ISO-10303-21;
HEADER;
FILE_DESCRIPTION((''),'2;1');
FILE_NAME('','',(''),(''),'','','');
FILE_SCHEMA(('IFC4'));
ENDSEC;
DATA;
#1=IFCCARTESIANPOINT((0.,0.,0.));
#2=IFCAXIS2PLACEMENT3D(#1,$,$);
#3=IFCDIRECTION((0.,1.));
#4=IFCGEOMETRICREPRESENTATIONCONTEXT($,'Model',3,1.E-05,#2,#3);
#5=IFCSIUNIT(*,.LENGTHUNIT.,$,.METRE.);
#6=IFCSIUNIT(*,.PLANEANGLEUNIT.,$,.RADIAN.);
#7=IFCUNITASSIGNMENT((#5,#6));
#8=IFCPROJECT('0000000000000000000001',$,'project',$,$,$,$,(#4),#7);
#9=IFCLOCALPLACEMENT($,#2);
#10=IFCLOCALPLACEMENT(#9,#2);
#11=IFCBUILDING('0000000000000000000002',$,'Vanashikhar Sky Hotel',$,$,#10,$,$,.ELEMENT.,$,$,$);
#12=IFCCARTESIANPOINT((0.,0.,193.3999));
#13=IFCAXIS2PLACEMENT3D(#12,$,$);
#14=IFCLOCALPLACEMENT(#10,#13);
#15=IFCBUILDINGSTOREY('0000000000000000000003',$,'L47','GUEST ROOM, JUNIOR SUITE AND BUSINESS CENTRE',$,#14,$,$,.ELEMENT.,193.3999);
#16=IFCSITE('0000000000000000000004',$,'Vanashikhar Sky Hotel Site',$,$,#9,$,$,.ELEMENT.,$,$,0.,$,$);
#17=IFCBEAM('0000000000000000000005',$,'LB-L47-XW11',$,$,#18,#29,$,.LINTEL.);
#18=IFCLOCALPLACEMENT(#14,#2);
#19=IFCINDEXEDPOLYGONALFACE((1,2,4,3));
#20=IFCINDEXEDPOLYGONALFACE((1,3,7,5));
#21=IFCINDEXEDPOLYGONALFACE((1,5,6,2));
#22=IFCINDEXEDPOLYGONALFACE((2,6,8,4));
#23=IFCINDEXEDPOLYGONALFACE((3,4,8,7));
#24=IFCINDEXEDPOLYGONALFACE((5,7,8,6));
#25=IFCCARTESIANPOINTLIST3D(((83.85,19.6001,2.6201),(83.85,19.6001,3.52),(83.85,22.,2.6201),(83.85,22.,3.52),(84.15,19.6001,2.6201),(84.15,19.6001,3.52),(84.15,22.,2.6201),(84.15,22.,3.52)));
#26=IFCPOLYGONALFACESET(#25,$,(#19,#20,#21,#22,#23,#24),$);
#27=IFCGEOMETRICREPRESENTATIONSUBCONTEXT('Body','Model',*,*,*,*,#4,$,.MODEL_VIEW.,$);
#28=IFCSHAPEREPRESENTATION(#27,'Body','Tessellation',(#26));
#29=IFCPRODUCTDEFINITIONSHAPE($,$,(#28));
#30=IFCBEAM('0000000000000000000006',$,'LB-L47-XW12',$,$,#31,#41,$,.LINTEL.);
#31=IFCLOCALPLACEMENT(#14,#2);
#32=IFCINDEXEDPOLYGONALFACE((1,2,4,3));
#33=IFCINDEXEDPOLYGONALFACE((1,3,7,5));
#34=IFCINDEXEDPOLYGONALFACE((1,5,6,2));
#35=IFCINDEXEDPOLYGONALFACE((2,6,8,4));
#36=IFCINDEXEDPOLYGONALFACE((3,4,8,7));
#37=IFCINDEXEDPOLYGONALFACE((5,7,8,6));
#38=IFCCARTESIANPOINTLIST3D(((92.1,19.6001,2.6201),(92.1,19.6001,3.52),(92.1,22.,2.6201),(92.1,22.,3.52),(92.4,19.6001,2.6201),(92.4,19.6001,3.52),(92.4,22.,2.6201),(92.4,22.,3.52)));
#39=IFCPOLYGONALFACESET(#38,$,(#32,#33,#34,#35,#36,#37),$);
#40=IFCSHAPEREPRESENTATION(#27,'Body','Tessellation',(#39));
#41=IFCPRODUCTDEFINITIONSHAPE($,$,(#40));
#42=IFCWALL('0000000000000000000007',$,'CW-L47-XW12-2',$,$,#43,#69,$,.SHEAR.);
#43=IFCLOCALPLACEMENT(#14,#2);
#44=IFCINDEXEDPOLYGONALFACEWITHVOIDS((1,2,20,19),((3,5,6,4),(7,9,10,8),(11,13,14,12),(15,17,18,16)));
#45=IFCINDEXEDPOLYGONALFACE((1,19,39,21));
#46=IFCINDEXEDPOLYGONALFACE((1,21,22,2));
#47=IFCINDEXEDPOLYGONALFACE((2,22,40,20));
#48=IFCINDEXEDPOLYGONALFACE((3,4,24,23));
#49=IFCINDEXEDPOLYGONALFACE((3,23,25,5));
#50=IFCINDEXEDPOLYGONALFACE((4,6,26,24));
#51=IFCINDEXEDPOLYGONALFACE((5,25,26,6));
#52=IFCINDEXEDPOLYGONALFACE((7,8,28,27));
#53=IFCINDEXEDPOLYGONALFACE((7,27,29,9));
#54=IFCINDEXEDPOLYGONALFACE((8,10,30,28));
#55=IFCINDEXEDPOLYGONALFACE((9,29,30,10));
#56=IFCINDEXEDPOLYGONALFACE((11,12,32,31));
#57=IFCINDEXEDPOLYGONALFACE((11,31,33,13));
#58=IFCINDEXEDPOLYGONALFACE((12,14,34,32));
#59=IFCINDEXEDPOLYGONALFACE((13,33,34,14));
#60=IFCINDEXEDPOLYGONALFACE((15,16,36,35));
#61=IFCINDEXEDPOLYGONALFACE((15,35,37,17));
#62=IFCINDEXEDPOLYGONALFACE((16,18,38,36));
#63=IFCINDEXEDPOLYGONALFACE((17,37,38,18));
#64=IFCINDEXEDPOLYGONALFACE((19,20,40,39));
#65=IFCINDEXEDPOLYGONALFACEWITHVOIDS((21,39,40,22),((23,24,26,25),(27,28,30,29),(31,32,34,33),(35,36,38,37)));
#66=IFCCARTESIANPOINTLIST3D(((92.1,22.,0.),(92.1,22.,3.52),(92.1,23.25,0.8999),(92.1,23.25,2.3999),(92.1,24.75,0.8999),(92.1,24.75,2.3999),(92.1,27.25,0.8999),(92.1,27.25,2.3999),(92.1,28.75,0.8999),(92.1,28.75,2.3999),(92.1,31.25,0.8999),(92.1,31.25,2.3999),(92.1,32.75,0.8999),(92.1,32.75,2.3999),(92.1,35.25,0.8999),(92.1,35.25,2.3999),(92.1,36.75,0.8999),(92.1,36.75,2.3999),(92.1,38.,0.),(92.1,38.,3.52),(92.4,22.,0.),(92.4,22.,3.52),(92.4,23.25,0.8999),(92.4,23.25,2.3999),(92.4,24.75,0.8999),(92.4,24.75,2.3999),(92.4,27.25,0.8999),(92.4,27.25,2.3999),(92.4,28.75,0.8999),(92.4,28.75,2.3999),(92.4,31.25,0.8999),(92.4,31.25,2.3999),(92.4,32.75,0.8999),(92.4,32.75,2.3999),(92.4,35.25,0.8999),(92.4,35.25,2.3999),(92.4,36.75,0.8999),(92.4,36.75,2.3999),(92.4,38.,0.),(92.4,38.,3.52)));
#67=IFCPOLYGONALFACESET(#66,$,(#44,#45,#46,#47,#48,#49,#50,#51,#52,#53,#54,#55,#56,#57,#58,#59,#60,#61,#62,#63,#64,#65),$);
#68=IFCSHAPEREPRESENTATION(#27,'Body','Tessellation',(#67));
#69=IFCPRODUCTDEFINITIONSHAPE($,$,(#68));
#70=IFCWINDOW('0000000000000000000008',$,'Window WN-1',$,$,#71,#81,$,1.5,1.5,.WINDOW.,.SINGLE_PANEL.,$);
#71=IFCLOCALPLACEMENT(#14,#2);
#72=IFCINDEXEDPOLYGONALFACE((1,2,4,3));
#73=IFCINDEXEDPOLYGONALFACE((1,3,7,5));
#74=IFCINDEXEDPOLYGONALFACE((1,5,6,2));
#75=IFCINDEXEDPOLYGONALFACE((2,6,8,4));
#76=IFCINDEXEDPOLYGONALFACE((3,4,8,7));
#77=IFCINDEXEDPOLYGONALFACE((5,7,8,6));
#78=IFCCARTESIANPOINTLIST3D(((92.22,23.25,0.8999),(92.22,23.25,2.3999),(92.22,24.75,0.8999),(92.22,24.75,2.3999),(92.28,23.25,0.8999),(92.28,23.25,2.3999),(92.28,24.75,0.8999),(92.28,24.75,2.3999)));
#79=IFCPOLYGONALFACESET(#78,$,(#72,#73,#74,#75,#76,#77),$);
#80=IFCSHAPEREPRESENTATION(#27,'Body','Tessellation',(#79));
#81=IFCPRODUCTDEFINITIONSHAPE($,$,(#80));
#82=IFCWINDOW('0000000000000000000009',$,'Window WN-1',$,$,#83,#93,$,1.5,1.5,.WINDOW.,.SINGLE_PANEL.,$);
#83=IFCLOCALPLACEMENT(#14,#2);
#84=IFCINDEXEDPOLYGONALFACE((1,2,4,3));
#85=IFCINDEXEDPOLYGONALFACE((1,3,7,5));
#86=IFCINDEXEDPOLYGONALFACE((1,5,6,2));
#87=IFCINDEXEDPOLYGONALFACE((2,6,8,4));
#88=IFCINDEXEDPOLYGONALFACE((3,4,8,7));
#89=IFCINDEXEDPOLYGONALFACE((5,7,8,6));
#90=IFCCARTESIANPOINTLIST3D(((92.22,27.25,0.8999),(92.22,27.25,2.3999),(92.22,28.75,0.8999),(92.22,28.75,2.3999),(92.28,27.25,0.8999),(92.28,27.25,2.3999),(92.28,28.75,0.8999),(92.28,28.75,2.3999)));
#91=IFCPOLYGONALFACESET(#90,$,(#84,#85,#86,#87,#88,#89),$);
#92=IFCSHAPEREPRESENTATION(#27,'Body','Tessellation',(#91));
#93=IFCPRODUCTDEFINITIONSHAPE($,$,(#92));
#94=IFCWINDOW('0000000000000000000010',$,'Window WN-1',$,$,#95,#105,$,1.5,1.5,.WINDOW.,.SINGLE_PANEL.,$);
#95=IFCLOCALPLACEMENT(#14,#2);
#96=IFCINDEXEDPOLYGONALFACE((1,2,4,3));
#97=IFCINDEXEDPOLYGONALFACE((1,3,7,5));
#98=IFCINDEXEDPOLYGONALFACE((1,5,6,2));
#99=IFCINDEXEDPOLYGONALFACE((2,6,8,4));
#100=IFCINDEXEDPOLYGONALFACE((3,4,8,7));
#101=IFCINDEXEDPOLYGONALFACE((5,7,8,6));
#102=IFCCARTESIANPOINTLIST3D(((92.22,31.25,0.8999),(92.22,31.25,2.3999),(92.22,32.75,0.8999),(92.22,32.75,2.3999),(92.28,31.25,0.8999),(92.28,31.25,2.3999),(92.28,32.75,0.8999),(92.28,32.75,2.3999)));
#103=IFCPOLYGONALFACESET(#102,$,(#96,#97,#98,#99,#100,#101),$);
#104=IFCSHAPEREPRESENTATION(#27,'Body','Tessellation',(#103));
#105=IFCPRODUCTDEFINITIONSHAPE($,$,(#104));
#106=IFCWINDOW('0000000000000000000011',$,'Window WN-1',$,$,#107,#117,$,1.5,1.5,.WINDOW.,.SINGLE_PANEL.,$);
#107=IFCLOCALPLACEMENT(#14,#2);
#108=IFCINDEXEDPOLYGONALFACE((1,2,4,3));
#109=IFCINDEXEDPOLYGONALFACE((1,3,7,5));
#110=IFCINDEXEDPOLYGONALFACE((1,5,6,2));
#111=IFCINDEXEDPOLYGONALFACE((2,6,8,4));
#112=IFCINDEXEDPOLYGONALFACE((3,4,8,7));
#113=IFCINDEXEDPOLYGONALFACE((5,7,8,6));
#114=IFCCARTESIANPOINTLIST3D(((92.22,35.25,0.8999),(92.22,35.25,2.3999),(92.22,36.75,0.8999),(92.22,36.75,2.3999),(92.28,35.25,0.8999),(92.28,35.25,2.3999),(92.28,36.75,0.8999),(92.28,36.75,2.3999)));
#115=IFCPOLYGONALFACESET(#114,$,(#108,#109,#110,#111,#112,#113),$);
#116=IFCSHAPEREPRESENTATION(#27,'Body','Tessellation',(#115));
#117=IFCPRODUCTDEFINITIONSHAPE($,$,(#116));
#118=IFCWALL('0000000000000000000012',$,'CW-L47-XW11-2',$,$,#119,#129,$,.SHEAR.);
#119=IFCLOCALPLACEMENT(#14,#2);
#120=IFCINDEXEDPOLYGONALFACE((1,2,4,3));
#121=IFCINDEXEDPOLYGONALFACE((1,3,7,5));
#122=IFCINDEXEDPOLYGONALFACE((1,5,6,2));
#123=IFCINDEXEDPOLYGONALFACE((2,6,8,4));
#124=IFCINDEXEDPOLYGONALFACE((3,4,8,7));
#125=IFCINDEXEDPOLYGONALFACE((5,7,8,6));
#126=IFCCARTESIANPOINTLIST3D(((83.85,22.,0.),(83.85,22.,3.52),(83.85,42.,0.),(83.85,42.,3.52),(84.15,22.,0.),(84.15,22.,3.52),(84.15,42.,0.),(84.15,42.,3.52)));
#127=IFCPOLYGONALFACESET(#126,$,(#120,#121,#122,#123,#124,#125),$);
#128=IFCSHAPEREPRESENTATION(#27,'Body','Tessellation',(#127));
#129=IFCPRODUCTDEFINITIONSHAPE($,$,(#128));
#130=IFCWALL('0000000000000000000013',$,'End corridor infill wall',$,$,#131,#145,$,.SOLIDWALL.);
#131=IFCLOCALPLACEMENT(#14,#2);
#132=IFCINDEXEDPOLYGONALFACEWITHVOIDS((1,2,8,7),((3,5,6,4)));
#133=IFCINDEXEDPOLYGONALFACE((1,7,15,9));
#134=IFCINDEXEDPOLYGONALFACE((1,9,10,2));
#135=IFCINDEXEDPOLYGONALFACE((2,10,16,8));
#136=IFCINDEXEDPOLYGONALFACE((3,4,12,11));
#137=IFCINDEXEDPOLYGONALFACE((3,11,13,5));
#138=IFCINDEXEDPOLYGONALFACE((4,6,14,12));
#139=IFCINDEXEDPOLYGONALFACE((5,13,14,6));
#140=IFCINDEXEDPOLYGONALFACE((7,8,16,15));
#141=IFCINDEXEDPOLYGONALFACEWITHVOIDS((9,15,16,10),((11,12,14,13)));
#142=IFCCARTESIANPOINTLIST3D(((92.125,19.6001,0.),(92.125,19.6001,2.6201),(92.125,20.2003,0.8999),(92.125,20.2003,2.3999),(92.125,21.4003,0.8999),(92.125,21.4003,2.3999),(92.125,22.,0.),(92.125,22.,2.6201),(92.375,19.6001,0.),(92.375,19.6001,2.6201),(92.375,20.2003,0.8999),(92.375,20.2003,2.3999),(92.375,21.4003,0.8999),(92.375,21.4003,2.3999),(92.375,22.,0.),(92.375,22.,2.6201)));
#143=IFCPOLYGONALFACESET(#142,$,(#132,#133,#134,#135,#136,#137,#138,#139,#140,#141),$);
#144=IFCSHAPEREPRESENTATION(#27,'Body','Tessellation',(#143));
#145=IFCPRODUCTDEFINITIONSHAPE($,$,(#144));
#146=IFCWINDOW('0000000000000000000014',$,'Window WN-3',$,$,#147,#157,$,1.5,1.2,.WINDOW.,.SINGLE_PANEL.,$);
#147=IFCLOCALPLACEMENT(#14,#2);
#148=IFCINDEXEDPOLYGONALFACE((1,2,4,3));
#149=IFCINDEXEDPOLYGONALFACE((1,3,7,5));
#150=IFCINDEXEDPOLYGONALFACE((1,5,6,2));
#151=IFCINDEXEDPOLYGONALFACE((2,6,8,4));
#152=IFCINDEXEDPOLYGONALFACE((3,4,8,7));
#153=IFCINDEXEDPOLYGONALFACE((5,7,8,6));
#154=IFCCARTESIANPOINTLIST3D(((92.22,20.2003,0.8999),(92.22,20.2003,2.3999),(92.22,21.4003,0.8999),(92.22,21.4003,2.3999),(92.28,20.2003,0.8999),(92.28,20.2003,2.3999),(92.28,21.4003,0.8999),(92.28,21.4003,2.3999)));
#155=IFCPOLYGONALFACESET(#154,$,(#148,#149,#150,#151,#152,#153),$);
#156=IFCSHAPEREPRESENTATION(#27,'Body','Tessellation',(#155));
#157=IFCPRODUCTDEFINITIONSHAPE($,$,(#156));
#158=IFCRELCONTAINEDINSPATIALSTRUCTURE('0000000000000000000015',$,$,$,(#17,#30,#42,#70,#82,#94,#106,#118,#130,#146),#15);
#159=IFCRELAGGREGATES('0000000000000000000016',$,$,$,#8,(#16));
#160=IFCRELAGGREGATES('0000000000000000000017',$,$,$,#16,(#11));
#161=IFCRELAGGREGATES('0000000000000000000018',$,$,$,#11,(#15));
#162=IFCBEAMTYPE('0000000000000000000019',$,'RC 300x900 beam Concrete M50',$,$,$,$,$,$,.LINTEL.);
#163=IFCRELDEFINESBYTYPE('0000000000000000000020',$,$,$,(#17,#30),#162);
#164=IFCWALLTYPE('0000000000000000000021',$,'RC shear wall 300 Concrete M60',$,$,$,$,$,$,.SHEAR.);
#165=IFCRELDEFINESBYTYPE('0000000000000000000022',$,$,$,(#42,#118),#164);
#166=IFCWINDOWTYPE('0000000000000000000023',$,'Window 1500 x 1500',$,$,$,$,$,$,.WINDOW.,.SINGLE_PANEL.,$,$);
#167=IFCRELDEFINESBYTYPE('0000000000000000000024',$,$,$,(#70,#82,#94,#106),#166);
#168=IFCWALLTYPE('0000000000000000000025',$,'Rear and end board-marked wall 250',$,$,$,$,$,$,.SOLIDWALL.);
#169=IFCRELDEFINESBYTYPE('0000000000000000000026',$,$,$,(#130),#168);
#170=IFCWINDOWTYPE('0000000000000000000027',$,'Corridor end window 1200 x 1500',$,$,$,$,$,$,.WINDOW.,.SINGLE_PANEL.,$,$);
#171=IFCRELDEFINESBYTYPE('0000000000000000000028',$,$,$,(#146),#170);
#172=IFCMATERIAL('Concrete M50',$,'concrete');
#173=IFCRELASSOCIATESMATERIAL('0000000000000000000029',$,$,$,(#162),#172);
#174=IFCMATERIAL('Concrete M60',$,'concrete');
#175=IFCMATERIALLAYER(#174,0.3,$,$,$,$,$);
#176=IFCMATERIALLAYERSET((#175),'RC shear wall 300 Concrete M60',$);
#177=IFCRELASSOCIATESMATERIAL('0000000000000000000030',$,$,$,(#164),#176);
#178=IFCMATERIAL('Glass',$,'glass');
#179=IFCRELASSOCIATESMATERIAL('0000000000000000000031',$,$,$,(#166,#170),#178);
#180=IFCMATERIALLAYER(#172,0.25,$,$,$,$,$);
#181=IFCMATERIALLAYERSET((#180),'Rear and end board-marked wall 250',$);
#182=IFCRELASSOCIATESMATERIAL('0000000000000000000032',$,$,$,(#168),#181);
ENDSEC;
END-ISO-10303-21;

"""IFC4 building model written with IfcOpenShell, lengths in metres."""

from ifc_helpers import new_model, si_unit, direction, frame, frame_2d, origin, origin_2d, place, context, subcontext, project, spatial, rectangle, extrude, source, transform, mapped, material, layer, layer_set, material_profile, profile_set, type_object, element, fill, save


model = new_model("IFC4")

# Units and contexts
model_context = context("Model", 3, precision=1e-05, world=origin(), true_north=direction((0.0, 1.0)))
body_context = subcontext(model_context, "Body", "Model", "MODEL_VIEW")
ifc_project = project(units=[si_unit("LENGTHUNIT", "METRE"), si_unit("PLANEANGLEUNIT", "RADIAN")], contexts=[model_context])

# Site, building, storey
site_placement = place(None, origin())
site = spatial("IfcSite", under=ifc_project, at=site_placement, Name="Vanashikhar Sky Hotel Site", CompositionType="ELEMENT", RefElevation=0.0)
building_placement = place(site_placement, origin())
building = spatial("IfcBuilding", under=site, at=building_placement, Name="Vanashikhar Sky Hotel", CompositionType="ELEMENT")
storey_placement = place(building_placement, frame((0.0, 0.0, 193.3999)))
storey = spatial("IfcBuildingStorey", under=building, at=storey_placement, Name="L47", Description="GUEST ROOM, JUNIOR SUITE AND BUSINESS CENTRE", CompositionType="ELEMENT", Elevation=193.3999)

# Beams
ifc_material_1 = material(Name="Concrete M50", Category="concrete")
ifc_material_profile = material_profile(ifc_material_1, rectangle(XDim=0.3, YDim=0.8999, at=origin_2d()))
ifc_profile_set = profile_set([ifc_material_profile], Name="RC 300x900 beam Concrete M50")
beam_type = type_object("IfcBeamType", Name="RC 300x900 beam Concrete M50", PredefinedType="LINTEL", material=ifc_profile_set)
shared_shape_1 = source(origin(), body_context, "Body", "SweptSolid", [
    extrude(rectangle(XDim=0.3, YDim=0.8999, at=origin_2d()), origin(), (0.0, 0.0, 1.0), 2.3999),
])
for number, where, z_axis, x_axis, name in (
    (1, (84.0, 19.6001, 3.0701), (0.0, 1.0, 0.0), (-1.0, 0.0, 0.0), "LB-L47-XW11"),
    (2, (92.25, 19.6001, 3.0701), (0.0, 1.0, 0.0), (-1.0, 0.0, 0.0), "LB-L47-XW12"),
):
    element("IfcBeam", number, at=place(storey_placement, frame(where, z_axis=z_axis, x_axis=x_axis)), inside=storey, type_object=beam_type, Name=name, PredefinedType="LINTEL", context=body_context, shape_type="MappedRepresentation", body=[
        mapped(shared_shape_1, transform((0.0, 0.0, 0.0), scale=1.0)),
    ])

# Wall, openings, windows
ifc_material_2 = material(Name="Concrete M60", Category="concrete")
ifc_layer_1 = layer(ifc_material_2, 0.3)
ifc_layer_set_1 = layer_set([ifc_layer_1], Name="RC shear wall 300 Concrete M60")
wall_type_1 = type_object("IfcWallType", Name="RC shear wall 300 Concrete M60", PredefinedType="SHEAR", material=ifc_layer_set_1)
shared_shape_2 = source(origin(), body_context, "Body", "SweptSolid", [
    extrude(rectangle(XDim=16.0, YDim=0.3, at=frame_2d((8.0, 0.0))), origin(), (0.0, 0.0, 1.0), 3.52),
])
wall_1_placement = place(storey_placement, frame((92.25, 22.0, 0.0), z_axis=(0.0, 0.0, 1.0), x_axis=(0.0, 1.0, 0.0)))
wall_1 = element("IfcWall", 3, at=wall_1_placement, inside=storey, type_object=wall_type_1, Name="CW-L47-XW12-2", PredefinedType="SHEAR", context=body_context, shape_type="MappedRepresentation", body=[
    mapped(shared_shape_2, transform((0.0, 0.0, 0.0), scale=1.0)),
])
shared_shape_3 = source(origin(), body_context, "Body", "SweptSolid", [
    extrude(rectangle(XDim=1.5, YDim=1.5, at=frame_2d((0.75, 0.75))), frame((0.0, 0.1602, 0.0), z_axis=(0.0, -1.0, 0.0), x_axis=(1.0, 0.0, 0.0)), (0.0, 0.0, 1.0), 0.3201),
])
opening_1_placement = place(wall_1_placement, frame((1.25, 0.0, 0.8999)))
opening_1 = element("IfcOpeningElement", 4, at=opening_1_placement, cuts=wall_1, PredefinedType="OPENING", context=body_context, shape_type="MappedRepresentation", body=[
    mapped(shared_shape_3, transform((0.0, 0.0, 0.0), scale=1.0)),
])
opening_2_placement = place(wall_1_placement, frame((5.25, 0.0, 0.8999)))
opening_2 = element("IfcOpeningElement", 5, at=opening_2_placement, cuts=wall_1, PredefinedType="OPENING", context=body_context, shape_type="MappedRepresentation", body=[
    mapped(shared_shape_3, transform((0.0, 0.0, 0.0), scale=1.0)),
])
opening_3_placement = place(wall_1_placement, frame((9.25, 0.0, 0.8999)))
opening_3 = element("IfcOpeningElement", 6, at=opening_3_placement, cuts=wall_1, PredefinedType="OPENING", context=body_context, shape_type="MappedRepresentation", body=[
    mapped(shared_shape_3, transform((0.0, 0.0, 0.0), scale=1.0)),
])
opening_4_placement = place(wall_1_placement, frame((13.25, 0.0, 0.8999)))
opening_4 = element("IfcOpeningElement", 7, at=opening_4_placement, cuts=wall_1, PredefinedType="OPENING", context=body_context, shape_type="MappedRepresentation", body=[
    mapped(shared_shape_3, transform((0.0, 0.0, 0.0), scale=1.0)),
])
ifc_material_3 = material(Name="Glass", Category="glass")
window_type_1 = type_object("IfcWindowType", Name="Window 1500 x 1500", PartitioningType="SINGLE_PANEL", PredefinedType="WINDOW", material=ifc_material_3)
shared_shape_4 = source(origin(), body_context, "Body", "SweptSolid", [
    extrude(rectangle(XDim=1.5, YDim=1.5, at=frame_2d((0.75, 0.75))), frame((0.0, 0.03, 0.0), z_axis=(0.0, -1.0, 0.0), x_axis=(1.0, 0.0, 0.0)), (0.0, 0.0, 1.0), 0.0601),
])
window_1_placement = place(opening_1_placement, origin())
window_1 = element("IfcWindow", 8, at=window_1_placement, inside=storey, type_object=window_type_1, Name="Window WN-1", OverallHeight=1.5, OverallWidth=1.5, PartitioningType="SINGLE_PANEL", PredefinedType="WINDOW", context=body_context, shape_type="MappedRepresentation", body=[
    mapped(shared_shape_4, transform((0.0, 0.0, 0.0), scale=1.0)),
])
fill(opening_1, window_1)
window_2_placement = place(opening_2_placement, origin())
window_2 = element("IfcWindow", 9, at=window_2_placement, inside=storey, type_object=window_type_1, Name="Window WN-1", OverallHeight=1.5, OverallWidth=1.5, PartitioningType="SINGLE_PANEL", PredefinedType="WINDOW", context=body_context, shape_type="MappedRepresentation", body=[
    mapped(shared_shape_4, transform((0.0, 0.0, 0.0), scale=1.0)),
])
fill(opening_2, window_2)
window_3_placement = place(opening_3_placement, origin())
window_3 = element("IfcWindow", 10, at=window_3_placement, inside=storey, type_object=window_type_1, Name="Window WN-1", OverallHeight=1.5, OverallWidth=1.5, PartitioningType="SINGLE_PANEL", PredefinedType="WINDOW", context=body_context, shape_type="MappedRepresentation", body=[
    mapped(shared_shape_4, transform((0.0, 0.0, 0.0), scale=1.0)),
])
fill(opening_3, window_3)
window_4_placement = place(opening_4_placement, origin())
window_4 = element("IfcWindow", 11, at=window_4_placement, inside=storey, type_object=window_type_1, Name="Window WN-1", OverallHeight=1.5, OverallWidth=1.5, PartitioningType="SINGLE_PANEL", PredefinedType="WINDOW", context=body_context, shape_type="MappedRepresentation", body=[
    mapped(shared_shape_4, transform((0.0, 0.0, 0.0), scale=1.0)),
])
fill(opening_4, window_4)

# Wall
shared_shape_5 = source(origin(), body_context, "Body", "SweptSolid", [
    extrude(rectangle(XDim=20.0, YDim=0.3, at=frame_2d((10.0, 0.0))), origin(), (0.0, 0.0, 1.0), 3.52),
])
wall_2_placement = place(storey_placement, frame((84.0, 22.0, 0.0), z_axis=(0.0, 0.0, 1.0), x_axis=(0.0, 1.0, 0.0)))
element("IfcWall", 12, at=wall_2_placement, inside=storey, type_object=wall_type_1, Name="CW-L47-XW11-2", PredefinedType="SHEAR", context=body_context, shape_type="MappedRepresentation", body=[
    mapped(shared_shape_5, transform((0.0, 0.0, 0.0), scale=1.0)),
])

# Wall, opening, window
ifc_layer_2 = layer(ifc_material_1, 0.25)
ifc_layer_set_2 = layer_set([ifc_layer_2], Name="Rear and end board-marked wall 250")
wall_type_2 = type_object("IfcWallType", Name="Rear and end board-marked wall 250", PredefinedType="SOLIDWALL", material=ifc_layer_set_2)
shared_shape_6 = source(origin(), body_context, "Body", "SweptSolid", [
    extrude(rectangle(XDim=2.3999, YDim=0.25, at=frame_2d((1.2, 0.0))), origin(), (0.0, 0.0, 1.0), 2.6201),
])
wall_3_placement = place(storey_placement, frame((92.25, 19.6001, 0.0), z_axis=(0.0, 0.0, 1.0), x_axis=(0.0, 1.0, 0.0)))
wall_3 = element("IfcWall", 13, at=wall_3_placement, inside=storey, type_object=wall_type_2, Name="End corridor infill wall", PredefinedType="SOLIDWALL", context=body_context, shape_type="MappedRepresentation", body=[
    mapped(shared_shape_6, transform((0.0, 0.0, 0.0), scale=1.0)),
])
shared_shape_7 = source(origin(), body_context, "Body", "SweptSolid", [
    extrude(rectangle(XDim=1.2, YDim=1.5, at=frame_2d((0.6001, 0.75))), frame((0.0, 0.135, 0.0), z_axis=(0.0, -1.0, 0.0), x_axis=(1.0, 0.0, 0.0)), (0.0, 0.0, 1.0), 0.27),
])
opening_5_placement = place(wall_3_placement, frame((0.6001, 0.0, 0.8999)))
opening_5 = element("IfcOpeningElement", 14, at=opening_5_placement, cuts=wall_3, PredefinedType="OPENING", context=body_context, shape_type="MappedRepresentation", body=[
    mapped(shared_shape_7, transform((0.0, 0.0, 0.0), scale=1.0)),
])
window_type_2 = type_object("IfcWindowType", Name="Corridor end window 1200 x 1500", PartitioningType="SINGLE_PANEL", PredefinedType="WINDOW", material=ifc_material_3)
shared_shape_8 = source(origin(), body_context, "Body", "SweptSolid", [
    extrude(rectangle(XDim=1.2, YDim=1.5, at=frame_2d((0.6001, 0.75))), frame((0.0, 0.03, 0.0), z_axis=(0.0, -1.0, 0.0), x_axis=(1.0, 0.0, 0.0)), (0.0, 0.0, 1.0), 0.0601),
])
window_5_placement = place(opening_5_placement, origin())
window_5 = element("IfcWindow", 15, at=window_5_placement, inside=storey, type_object=window_type_2, Name="Window WN-3", OverallHeight=1.5, OverallWidth=1.2, PartitioningType="SINGLE_PANEL", PredefinedType="WINDOW", context=body_context, shape_type="MappedRepresentation", body=[
    mapped(shared_shape_8, transform((0.0, 0.0, 0.0), scale=1.0)),
])
fill(opening_5, window_5)

save(model, "model.ifc")
